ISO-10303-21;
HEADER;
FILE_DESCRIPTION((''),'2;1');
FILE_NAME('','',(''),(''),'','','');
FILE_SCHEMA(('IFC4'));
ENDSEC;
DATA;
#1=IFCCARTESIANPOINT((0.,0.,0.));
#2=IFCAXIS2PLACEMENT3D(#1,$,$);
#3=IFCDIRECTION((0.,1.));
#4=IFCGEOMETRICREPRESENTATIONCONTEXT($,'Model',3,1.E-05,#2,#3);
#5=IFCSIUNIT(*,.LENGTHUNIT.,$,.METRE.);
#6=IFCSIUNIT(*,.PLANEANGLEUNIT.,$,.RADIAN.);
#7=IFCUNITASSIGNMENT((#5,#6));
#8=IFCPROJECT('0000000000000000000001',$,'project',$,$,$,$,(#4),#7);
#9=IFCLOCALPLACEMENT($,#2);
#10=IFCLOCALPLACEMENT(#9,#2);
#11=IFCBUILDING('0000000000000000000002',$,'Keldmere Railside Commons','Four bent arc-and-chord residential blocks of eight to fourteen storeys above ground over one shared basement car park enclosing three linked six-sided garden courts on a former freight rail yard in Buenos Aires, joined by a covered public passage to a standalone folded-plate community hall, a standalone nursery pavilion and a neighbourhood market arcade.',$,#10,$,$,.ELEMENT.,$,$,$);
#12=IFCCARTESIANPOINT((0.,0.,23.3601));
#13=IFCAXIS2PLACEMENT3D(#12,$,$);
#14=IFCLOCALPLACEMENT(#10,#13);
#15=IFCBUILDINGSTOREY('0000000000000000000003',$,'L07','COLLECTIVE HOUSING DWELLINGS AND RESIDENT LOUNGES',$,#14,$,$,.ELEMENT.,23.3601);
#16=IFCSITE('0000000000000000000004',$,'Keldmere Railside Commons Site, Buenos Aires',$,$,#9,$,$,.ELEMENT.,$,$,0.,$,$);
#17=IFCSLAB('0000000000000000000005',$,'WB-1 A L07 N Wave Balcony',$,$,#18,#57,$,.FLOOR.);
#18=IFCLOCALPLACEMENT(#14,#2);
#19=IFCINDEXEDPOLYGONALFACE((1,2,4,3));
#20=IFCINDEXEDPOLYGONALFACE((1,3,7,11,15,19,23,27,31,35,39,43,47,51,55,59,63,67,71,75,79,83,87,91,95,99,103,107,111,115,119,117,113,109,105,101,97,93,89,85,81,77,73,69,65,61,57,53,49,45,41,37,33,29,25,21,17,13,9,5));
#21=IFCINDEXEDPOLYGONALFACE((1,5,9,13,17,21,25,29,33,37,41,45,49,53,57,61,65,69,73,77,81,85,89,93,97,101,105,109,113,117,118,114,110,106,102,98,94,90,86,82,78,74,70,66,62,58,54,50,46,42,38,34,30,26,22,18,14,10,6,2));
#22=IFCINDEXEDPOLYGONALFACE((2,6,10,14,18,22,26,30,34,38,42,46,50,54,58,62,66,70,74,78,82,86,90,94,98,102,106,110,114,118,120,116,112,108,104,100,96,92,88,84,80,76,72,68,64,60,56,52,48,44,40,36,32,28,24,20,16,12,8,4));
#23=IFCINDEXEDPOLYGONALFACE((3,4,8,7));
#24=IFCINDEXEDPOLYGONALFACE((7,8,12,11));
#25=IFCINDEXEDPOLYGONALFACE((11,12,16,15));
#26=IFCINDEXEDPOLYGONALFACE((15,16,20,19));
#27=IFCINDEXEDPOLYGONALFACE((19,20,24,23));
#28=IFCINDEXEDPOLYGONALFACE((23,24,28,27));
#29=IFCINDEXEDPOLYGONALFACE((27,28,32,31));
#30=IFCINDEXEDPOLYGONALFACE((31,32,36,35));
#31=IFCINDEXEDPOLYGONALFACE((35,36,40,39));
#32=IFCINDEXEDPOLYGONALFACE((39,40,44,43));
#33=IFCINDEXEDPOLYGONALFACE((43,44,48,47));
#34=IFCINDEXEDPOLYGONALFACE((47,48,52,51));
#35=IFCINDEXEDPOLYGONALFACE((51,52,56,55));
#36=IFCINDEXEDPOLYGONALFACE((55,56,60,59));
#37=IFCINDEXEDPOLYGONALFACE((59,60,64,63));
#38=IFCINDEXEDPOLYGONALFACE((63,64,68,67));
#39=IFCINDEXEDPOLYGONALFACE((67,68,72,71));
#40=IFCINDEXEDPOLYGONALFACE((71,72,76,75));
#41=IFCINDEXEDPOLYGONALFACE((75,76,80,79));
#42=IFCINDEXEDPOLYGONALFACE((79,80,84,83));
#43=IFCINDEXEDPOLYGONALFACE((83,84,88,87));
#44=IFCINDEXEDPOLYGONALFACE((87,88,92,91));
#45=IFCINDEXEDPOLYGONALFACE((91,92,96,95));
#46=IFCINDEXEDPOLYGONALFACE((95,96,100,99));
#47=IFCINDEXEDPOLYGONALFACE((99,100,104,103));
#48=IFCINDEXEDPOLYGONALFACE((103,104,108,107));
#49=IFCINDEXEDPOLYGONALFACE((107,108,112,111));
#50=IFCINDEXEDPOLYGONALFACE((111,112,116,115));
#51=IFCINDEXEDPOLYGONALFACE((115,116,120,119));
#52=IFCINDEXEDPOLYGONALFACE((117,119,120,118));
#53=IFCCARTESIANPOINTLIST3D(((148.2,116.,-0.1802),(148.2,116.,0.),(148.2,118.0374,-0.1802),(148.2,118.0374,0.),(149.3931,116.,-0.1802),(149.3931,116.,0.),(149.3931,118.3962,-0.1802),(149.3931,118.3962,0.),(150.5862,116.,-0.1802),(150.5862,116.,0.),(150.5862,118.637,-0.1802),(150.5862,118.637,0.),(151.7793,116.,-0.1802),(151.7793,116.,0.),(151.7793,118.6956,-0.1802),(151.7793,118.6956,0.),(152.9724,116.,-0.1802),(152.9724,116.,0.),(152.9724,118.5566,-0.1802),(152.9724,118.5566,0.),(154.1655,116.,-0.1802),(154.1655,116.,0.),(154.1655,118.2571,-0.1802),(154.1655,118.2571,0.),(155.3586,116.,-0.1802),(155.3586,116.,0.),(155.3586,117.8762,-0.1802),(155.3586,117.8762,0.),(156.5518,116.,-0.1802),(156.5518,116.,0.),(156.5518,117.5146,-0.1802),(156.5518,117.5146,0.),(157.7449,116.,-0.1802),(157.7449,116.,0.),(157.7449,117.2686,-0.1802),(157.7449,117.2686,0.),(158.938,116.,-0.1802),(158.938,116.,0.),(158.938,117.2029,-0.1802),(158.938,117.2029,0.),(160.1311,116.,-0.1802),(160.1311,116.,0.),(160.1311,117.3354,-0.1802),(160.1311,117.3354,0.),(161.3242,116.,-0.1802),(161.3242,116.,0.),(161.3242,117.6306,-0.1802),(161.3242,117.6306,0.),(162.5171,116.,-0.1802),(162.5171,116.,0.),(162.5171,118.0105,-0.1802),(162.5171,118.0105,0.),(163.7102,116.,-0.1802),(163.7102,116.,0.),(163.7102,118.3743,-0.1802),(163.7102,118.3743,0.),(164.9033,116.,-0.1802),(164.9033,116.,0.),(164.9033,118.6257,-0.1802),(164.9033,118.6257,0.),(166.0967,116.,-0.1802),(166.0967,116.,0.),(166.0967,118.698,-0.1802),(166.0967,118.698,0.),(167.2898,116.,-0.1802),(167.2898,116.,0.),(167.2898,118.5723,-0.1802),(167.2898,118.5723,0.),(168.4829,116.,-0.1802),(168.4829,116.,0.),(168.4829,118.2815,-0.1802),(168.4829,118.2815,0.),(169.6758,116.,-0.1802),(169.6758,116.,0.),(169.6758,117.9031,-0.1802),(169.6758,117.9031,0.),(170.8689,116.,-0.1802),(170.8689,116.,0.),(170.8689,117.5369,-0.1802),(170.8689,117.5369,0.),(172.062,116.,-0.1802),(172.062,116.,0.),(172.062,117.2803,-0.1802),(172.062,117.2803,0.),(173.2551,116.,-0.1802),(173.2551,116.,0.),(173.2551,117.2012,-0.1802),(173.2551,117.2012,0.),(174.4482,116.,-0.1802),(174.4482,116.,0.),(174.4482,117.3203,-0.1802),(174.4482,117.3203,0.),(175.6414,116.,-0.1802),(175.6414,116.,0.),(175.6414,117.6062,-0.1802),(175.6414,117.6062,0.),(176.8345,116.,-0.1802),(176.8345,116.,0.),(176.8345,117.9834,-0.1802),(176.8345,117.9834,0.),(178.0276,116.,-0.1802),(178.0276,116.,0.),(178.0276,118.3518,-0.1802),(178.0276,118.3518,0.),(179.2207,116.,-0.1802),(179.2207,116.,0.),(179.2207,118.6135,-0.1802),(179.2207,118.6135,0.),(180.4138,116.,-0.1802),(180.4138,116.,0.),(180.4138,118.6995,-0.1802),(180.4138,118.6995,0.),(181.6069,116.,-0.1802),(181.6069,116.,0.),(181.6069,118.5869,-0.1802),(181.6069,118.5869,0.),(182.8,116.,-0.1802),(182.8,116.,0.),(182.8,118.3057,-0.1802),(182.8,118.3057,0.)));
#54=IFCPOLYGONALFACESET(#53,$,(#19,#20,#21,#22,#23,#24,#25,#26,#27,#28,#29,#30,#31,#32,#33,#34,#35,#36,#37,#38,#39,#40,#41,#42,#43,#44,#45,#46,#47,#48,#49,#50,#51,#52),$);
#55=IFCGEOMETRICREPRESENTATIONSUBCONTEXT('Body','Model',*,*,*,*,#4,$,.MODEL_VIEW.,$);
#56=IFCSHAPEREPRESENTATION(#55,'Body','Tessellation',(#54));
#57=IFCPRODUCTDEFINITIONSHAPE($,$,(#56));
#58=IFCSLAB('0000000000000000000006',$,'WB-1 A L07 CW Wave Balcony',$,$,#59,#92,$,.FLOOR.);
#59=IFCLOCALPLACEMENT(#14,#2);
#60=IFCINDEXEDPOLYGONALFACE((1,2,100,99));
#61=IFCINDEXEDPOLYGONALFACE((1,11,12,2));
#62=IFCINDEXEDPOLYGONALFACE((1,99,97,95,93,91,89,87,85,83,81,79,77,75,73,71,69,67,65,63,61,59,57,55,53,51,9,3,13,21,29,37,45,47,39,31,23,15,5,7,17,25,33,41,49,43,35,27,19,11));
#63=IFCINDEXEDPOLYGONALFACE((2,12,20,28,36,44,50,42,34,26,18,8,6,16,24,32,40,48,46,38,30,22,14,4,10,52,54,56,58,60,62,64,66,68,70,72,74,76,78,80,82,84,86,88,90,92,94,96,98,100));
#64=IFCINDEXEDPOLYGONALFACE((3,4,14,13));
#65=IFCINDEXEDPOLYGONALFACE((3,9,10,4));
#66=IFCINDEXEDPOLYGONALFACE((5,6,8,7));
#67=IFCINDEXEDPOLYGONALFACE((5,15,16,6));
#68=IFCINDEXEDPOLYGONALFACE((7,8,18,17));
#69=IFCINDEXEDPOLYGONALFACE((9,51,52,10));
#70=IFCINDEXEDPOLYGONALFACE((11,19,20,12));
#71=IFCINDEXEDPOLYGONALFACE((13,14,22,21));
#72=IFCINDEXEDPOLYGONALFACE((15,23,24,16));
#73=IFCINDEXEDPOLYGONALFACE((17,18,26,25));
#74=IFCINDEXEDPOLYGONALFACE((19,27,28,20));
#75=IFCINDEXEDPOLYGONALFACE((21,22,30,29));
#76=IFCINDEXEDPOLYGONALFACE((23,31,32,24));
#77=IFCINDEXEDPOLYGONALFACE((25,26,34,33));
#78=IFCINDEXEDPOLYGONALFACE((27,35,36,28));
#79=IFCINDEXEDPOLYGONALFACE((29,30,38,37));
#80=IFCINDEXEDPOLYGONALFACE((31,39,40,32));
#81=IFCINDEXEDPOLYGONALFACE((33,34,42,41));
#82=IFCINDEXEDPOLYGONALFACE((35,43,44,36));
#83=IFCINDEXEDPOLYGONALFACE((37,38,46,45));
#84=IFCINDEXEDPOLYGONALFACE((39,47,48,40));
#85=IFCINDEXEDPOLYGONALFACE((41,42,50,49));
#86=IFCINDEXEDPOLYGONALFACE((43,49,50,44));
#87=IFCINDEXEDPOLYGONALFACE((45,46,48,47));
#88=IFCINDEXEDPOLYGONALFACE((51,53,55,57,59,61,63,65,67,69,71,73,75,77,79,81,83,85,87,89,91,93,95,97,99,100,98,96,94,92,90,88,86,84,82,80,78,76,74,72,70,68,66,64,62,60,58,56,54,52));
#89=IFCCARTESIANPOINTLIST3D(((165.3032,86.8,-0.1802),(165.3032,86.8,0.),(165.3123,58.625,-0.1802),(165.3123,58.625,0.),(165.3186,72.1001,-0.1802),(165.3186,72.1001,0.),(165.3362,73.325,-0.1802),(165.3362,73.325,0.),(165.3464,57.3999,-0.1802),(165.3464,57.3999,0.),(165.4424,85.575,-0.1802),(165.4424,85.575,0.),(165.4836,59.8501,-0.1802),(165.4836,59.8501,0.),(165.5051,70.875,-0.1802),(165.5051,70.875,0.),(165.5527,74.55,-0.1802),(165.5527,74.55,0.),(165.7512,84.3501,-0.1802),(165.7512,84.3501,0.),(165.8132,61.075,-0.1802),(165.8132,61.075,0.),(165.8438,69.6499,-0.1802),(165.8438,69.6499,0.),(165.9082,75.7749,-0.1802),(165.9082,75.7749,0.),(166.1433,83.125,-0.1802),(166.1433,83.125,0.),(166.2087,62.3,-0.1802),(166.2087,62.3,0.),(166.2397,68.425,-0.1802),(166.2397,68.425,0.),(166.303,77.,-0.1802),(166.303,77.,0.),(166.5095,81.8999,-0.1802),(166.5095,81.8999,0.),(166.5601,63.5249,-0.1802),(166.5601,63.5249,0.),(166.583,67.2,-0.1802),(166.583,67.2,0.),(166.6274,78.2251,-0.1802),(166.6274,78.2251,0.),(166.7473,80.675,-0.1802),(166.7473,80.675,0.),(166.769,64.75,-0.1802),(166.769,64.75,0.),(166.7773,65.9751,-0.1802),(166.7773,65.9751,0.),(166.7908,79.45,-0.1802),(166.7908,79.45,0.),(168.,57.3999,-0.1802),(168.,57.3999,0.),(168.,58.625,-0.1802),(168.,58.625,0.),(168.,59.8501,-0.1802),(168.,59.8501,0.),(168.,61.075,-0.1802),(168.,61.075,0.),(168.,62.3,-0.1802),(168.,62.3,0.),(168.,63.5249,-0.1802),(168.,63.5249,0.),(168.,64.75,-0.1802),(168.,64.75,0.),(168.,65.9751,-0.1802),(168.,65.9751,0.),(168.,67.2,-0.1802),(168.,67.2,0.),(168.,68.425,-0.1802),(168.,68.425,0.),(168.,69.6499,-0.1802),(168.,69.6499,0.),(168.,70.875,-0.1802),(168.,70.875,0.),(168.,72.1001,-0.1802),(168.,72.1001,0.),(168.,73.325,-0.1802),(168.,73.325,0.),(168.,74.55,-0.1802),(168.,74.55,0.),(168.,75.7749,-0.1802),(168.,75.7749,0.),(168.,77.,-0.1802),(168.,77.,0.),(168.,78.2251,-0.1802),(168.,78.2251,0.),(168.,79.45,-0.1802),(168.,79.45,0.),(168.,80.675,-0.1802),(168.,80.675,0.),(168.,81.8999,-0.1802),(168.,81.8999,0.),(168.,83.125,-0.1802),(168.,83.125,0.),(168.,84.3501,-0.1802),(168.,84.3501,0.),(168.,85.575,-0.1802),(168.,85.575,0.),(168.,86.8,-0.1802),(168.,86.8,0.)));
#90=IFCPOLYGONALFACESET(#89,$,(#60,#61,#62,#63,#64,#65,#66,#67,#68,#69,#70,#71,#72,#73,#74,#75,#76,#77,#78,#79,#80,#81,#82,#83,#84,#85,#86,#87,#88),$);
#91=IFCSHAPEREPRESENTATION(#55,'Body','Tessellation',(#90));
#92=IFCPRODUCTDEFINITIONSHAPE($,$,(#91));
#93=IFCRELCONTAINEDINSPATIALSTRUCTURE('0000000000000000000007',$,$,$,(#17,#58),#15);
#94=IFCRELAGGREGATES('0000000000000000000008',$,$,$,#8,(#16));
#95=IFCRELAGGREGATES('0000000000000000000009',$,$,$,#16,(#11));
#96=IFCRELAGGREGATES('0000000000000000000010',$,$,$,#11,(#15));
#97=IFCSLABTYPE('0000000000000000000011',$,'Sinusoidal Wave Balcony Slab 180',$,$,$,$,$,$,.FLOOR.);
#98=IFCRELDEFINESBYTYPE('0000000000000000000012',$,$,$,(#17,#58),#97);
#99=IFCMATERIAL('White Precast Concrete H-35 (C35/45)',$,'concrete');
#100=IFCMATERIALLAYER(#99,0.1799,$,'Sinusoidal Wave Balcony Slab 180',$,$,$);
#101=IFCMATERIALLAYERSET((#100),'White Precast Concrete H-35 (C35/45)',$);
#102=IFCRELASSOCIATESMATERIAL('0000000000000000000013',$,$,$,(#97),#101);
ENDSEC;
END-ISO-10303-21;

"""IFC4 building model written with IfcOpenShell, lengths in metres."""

from ifc_helpers import new_model, si_unit, direction, frame, origin, place, context, subcontext, project, spatial, polyline, outline, extrude, material, layer, layer_set, type_object, element, save


model = new_model("IFC4")

# Units and contexts
model_context = context("Model", 3, precision=1e-05, world=origin(), true_north=direction((0.0, 1.0)))
body_context = subcontext(model_context, "Body", "Model", "MODEL_VIEW")
ifc_project = project(units=[si_unit("LENGTHUNIT", "METRE"), si_unit("PLANEANGLEUNIT", "RADIAN")], contexts=[model_context])

# Site, building, storey
site_placement = place(None, origin())
site = spatial("IfcSite", under=ifc_project, at=site_placement, Name="Keldmere Railside Commons Site, Buenos Aires", CompositionType="ELEMENT", RefElevation=0.0)
building_placement = place(site_placement, origin())
building = spatial("IfcBuilding", under=site, at=building_placement, Name="Keldmere Railside Commons", Description="Four bent arc-and-chord residential blocks of eight to fourteen storeys above ground over one shared basement car park enclosing three linked six-sided garden courts on a former freight rail yard in Buenos Aires, joined by a covered public passage to a standalone folded-plate community hall, a standalone nursery pavilion and a neighbourhood market arcade.", CompositionType="ELEMENT")
storey_placement = place(building_placement, frame((0.0, 0.0, 23.3601)))
storey = spatial("IfcBuildingStorey", under=building, at=storey_placement, Name="L07", Description="COLLECTIVE HOUSING DWELLINGS AND RESIDENT LOUNGES", CompositionType="ELEMENT", Elevation=23.3601)

# Slabs
ifc_material_1 = material(Name="White Precast Concrete H-35 (C35/45)", Category="concrete")
ifc_layer_1 = layer(ifc_material_1, 0.1799, Name="Sinusoidal Wave Balcony Slab 180")
ifc_layer_set_1 = layer_set([ifc_layer_1], Name="White Precast Concrete H-35 (C35/45)")
slab_type_1 = type_object("IfcSlabType", Name="Sinusoidal Wave Balcony Slab 180", PredefinedType="FLOOR", material=ifc_layer_set_1)
slab_1_placement = place(storey_placement, frame((0.0, 0.0, -0.1802)))
element("IfcSlab", 1, at=slab_1_placement, inside=storey, type_object=slab_type_1, Name="WB-1 A L07 N Wave Balcony", PredefinedType="FLOOR", context=body_context, shape_type="SweptSolid", body=[
    extrude(outline(polyline([(148.2, 116.0), (149.3931, 116.0), (150.5862, 116.0), (151.7793, 116.0), (152.9724, 116.0), (154.1655, 116.0), (155.3586, 116.0), (156.5518, 116.0), (157.7449, 116.0), (158.938, 116.0), (160.1311, 116.0), (161.3242, 116.0), (162.5171, 116.0), (163.7102, 116.0), (164.9033, 116.0), (166.0967, 116.0), (167.2898, 116.0), (168.4829, 116.0), (169.6758, 116.0), (170.8689, 116.0), (172.062, 116.0), (173.2551, 116.0), (174.4482, 116.0), (175.6414, 116.0), (176.8345, 116.0), (178.0276, 116.0), (179.2207, 116.0), (180.4138, 116.0), (181.6069, 116.0), (182.8, 116.0), (182.8, 118.3057), (181.6069, 118.5869), (180.4138, 118.6995), (179.2207, 118.6135), (178.0276, 118.3518), (176.8345, 117.9834), (175.6414, 117.6062), (174.4482, 117.3203), (173.2551, 117.2012), (172.062, 117.2803), (170.8689, 117.5369), (169.6758, 117.9031), (168.4829, 118.2815), (167.2898, 118.5723), (166.0967, 118.698), (164.9033, 118.6257), (163.7102, 118.3743), (162.5171, 118.0105), (161.3242, 117.6306), (160.1311, 117.3354), (158.938, 117.2029), (157.7449, 117.2686), (156.5518, 117.5146), (155.3586, 117.8762), (154.1655, 118.2571), (152.9724, 118.5566), (151.7793, 118.6956), (150.5862, 118.637), (149.3931, 118.3962), (148.2, 118.0374), (148.2, 116.0)])), origin(), (0.0, 0.0, 1.0), 0.1802),
])
slab_2_placement = place(storey_placement, frame((0.0, 0.0, -0.1802)))
element("IfcSlab", 2, at=slab_2_placement, inside=storey, type_object=slab_type_1, Name="WB-1 A L07 CW Wave Balcony", PredefinedType="FLOOR", context=body_context, shape_type="SweptSolid", body=[
    extrude(outline(polyline([(168.0, 57.3999), (168.0, 58.625), (168.0, 59.8501), (168.0, 61.075), (168.0, 62.3), (168.0, 63.5249), (168.0, 64.75), (168.0, 65.9751), (168.0, 67.2), (168.0, 68.425), (168.0, 69.6499), (168.0, 70.875), (168.0, 72.1001), (168.0, 73.325), (168.0, 74.55), (168.0, 75.7749), (168.0, 77.0), (168.0, 78.2251), (168.0, 79.45), (168.0, 80.675), (168.0, 81.8999), (168.0, 83.125), (168.0, 84.3501), (168.0, 85.575), (168.0, 86.8), (165.3032, 86.8), (165.4424, 85.575), (165.7512, 84.3501), (166.1433, 83.125), (166.5095, 81.8999), (166.7473, 80.675), (166.7908, 79.45), (166.6274, 78.2251), (166.303, 77.0), (165.9082, 75.7749), (165.5527, 74.55), (165.3362, 73.325), (165.3186, 72.1001), (165.5051, 70.875), (165.8438, 69.6499), (166.2397, 68.425), (166.583, 67.2), (166.7773, 65.9751), (166.769, 64.75), (166.5601, 63.5249), (166.2087, 62.3), (165.8132, 61.075), (165.4836, 59.8501), (165.3123, 58.625), (165.3464, 57.3999), (168.0, 57.3999)])), origin(), (0.0, 0.0, 1.0), 0.1802),
])

save(model, "model.ifc")
